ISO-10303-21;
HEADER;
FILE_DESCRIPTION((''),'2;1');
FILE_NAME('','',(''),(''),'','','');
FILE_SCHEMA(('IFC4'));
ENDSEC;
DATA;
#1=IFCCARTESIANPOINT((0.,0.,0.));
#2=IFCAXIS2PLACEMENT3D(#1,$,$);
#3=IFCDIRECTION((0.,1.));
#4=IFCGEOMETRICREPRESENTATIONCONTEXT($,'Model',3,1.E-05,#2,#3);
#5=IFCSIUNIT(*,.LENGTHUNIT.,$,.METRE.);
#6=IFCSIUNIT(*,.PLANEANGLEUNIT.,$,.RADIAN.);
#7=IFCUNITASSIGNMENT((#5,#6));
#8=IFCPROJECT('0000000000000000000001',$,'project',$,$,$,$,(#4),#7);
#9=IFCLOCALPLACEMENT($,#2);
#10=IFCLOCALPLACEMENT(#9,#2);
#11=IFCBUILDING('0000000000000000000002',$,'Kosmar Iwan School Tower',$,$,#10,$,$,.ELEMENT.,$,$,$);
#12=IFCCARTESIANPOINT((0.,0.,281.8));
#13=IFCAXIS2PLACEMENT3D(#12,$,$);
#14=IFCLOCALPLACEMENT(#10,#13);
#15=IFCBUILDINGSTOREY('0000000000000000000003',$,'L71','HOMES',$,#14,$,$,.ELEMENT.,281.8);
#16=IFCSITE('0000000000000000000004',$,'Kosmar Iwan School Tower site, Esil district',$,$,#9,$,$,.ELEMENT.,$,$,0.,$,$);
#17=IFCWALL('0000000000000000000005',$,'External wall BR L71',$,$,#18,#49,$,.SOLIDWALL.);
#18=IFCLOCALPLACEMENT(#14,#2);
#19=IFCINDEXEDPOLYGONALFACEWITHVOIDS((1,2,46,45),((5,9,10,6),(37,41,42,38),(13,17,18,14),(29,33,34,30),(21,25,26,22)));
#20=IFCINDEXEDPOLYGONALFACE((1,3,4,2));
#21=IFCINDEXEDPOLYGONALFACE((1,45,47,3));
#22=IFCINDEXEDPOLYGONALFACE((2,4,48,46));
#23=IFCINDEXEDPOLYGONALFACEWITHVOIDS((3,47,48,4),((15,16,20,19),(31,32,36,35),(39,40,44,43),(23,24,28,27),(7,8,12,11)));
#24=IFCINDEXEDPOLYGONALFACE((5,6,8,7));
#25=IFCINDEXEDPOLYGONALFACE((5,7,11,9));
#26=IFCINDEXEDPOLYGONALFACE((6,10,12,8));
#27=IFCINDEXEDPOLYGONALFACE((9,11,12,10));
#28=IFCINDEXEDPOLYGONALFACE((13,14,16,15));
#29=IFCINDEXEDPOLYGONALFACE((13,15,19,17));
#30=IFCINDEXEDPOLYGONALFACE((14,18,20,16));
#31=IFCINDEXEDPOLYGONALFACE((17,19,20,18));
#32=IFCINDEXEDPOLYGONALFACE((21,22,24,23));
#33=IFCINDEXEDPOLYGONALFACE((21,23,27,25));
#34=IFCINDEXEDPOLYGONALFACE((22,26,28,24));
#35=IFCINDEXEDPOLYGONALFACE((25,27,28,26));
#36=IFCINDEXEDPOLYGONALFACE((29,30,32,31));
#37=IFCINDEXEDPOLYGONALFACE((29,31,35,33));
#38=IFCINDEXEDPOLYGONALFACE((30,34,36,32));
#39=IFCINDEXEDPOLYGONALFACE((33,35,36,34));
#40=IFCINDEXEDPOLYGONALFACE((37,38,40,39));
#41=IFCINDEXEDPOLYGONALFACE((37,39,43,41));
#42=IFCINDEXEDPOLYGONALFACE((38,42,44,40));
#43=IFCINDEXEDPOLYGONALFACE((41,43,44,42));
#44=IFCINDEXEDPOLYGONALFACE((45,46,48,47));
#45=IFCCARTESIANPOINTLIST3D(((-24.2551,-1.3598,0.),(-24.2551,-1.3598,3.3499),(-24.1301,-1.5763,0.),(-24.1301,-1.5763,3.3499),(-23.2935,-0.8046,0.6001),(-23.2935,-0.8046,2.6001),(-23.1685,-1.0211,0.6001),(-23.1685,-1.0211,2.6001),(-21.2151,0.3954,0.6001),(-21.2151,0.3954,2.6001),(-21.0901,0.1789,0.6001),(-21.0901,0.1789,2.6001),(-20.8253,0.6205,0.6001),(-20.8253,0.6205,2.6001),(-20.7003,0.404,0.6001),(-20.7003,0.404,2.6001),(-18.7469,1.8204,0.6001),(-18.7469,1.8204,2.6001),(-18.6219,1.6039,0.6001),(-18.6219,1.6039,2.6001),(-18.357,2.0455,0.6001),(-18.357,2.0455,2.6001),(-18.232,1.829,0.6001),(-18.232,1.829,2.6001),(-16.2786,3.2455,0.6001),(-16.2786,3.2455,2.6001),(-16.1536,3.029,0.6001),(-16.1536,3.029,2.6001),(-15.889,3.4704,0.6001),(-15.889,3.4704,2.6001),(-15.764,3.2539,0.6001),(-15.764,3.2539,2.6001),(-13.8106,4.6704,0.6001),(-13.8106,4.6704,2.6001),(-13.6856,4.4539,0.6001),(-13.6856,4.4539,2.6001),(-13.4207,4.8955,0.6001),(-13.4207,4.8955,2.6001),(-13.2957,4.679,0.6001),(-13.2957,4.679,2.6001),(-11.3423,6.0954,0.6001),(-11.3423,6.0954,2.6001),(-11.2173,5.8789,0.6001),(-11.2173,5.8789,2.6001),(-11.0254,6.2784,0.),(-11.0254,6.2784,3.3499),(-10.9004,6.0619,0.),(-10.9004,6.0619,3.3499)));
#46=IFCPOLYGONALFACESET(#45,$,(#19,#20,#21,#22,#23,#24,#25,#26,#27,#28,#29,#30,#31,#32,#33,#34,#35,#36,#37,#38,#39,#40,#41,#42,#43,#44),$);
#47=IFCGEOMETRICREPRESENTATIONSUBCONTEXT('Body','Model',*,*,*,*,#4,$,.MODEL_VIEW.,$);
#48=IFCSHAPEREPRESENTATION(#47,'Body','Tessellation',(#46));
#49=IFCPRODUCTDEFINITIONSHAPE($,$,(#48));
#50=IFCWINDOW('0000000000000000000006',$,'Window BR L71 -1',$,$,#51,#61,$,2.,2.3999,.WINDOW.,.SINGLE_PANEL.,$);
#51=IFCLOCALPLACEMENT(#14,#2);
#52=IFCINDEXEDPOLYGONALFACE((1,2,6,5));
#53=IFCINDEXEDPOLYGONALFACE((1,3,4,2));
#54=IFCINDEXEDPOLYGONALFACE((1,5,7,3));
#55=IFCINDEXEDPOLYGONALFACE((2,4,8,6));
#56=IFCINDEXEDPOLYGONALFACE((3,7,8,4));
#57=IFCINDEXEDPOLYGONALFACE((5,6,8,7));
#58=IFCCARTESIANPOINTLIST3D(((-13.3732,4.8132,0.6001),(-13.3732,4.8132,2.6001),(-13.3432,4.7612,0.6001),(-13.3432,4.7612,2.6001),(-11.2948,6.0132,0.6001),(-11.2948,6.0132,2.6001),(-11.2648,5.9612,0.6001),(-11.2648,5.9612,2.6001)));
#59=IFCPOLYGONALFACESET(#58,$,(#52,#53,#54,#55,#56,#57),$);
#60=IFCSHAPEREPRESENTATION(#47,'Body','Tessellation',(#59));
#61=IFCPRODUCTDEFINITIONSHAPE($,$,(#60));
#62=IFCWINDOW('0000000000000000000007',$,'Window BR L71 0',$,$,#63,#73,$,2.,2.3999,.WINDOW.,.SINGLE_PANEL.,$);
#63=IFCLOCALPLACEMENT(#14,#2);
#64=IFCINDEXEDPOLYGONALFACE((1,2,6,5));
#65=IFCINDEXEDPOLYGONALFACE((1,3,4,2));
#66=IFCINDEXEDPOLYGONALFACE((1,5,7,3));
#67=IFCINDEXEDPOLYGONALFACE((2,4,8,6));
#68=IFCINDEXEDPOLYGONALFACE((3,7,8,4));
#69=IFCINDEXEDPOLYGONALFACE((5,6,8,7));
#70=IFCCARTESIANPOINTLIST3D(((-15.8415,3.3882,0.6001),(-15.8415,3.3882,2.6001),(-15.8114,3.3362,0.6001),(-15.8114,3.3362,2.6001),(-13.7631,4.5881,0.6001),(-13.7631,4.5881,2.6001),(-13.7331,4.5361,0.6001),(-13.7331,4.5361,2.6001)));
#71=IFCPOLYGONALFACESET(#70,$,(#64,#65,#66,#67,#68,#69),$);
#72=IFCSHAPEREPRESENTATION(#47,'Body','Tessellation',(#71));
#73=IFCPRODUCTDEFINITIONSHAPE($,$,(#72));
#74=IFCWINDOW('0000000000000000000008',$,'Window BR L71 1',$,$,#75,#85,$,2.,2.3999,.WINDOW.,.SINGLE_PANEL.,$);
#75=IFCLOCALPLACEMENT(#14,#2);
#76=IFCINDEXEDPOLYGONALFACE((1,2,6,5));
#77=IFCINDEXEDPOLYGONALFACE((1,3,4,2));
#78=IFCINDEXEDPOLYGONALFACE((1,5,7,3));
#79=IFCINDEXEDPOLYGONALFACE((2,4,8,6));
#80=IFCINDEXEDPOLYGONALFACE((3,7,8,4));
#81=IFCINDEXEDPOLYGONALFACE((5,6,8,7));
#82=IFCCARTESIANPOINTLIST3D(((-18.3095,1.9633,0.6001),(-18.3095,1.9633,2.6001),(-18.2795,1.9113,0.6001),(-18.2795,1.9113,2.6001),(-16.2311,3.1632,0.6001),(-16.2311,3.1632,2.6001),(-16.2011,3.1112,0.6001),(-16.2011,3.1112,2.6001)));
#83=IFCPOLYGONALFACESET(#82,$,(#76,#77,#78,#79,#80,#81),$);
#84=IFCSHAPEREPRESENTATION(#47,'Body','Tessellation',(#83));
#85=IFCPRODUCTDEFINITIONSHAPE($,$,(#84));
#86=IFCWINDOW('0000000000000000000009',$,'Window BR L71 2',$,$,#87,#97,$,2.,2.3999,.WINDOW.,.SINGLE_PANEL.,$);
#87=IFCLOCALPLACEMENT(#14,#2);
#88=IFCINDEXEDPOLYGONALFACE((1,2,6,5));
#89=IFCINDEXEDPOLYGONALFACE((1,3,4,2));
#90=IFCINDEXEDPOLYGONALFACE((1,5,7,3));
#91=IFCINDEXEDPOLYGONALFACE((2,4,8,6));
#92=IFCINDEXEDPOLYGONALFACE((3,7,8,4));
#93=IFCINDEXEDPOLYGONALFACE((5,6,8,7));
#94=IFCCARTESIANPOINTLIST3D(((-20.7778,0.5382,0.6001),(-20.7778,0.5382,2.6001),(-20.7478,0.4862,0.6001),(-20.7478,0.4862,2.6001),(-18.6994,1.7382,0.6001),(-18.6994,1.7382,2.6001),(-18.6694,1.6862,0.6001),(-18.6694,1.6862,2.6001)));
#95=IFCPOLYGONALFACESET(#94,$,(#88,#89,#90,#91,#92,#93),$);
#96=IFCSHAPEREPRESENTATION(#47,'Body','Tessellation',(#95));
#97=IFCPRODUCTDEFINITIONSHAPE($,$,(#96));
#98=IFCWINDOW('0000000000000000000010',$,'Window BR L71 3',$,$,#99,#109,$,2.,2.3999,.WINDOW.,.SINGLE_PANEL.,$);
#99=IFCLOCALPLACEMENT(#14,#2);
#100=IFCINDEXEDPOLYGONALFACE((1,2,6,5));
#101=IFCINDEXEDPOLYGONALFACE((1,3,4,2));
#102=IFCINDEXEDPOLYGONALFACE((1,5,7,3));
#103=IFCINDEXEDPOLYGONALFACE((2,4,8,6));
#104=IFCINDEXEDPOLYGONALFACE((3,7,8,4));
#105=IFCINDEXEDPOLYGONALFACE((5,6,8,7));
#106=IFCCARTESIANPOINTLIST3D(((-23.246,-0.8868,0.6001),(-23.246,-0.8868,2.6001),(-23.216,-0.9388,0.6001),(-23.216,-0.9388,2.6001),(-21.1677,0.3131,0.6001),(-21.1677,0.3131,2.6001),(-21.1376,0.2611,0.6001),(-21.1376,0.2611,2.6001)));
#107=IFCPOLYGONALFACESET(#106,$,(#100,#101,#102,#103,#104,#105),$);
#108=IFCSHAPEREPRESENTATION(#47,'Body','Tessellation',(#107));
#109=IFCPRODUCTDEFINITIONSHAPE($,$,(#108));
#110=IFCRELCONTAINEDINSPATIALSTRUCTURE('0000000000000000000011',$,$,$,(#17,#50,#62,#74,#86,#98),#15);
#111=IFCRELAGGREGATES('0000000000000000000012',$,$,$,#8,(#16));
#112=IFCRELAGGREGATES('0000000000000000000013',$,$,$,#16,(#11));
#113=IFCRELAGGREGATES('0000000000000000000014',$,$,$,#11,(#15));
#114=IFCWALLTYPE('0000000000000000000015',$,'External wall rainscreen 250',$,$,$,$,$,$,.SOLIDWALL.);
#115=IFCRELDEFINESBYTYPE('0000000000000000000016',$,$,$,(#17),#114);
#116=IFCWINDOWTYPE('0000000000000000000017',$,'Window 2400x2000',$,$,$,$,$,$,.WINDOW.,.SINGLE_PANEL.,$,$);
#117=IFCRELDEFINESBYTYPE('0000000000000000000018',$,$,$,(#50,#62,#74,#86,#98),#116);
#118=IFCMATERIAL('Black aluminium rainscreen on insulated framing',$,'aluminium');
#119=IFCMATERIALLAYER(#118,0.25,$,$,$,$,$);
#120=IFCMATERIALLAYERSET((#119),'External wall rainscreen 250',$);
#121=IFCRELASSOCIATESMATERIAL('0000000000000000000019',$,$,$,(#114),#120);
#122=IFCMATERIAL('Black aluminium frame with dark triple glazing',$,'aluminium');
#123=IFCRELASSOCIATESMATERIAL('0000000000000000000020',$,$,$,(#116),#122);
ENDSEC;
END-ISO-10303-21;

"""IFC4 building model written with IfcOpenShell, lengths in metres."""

from ifc_helpers import new_model, si_unit, direction, frame, frame_2d, origin, place, context, subcontext, project, spatial, rectangle, extrude, material, layer, layer_set, type_object, element, fill, save


model = new_model("IFC4")

# Units and contexts
model_context = context("Model", 3, precision=1e-05, world=origin(), true_north=direction((0.0, 1.0)))
body_context = subcontext(model_context, "Body", "Model", "MODEL_VIEW")
ifc_project = project(units=[si_unit("LENGTHUNIT", "METRE"), si_unit("PLANEANGLEUNIT", "RADIAN")], contexts=[model_context])

# Site, building, storey
site_placement = place(None, origin())
site = spatial("IfcSite", under=ifc_project, at=site_placement, Name="Kosmar Iwan School Tower site, Esil district", CompositionType="ELEMENT", RefElevation=0.0)
building_placement = place(site_placement, origin())
building = spatial("IfcBuilding", under=site, at=building_placement, Name="Kosmar Iwan School Tower", CompositionType="ELEMENT")
storey_placement = place(building_placement, frame((0.0, 0.0, 281.8)))
storey = spatial("IfcBuildingStorey", under=building, at=storey_placement, Name="L71", Description="HOMES", CompositionType="ELEMENT", Elevation=281.8)

# Wall, openings, windows
ifc_material_1 = material(Name="Black aluminium rainscreen on insulated framing", Category="aluminium")
ifc_layer = layer(ifc_material_1, 0.25)
ifc_layer_set = layer_set([ifc_layer], Name="External wall rainscreen 250")
wall_type = type_object("IfcWallType", Name="External wall rainscreen 250", PredefinedType="SOLIDWALL", material=ifc_layer_set)
ifc_material_2 = material(Name="Black aluminium frame with dark triple glazing", Category="aluminium")
window_type = type_object("IfcWindowType", Name="Window 2400x2000", PartitioningType="SINGLE_PANEL", PredefinedType="WINDOW", material=ifc_material_2)
wall_1_placement = place(storey_placement, frame((-10.9629, 6.1702, 0.0), z_axis=(0.0, 0.0, 1.0), x_axis=(-0.866026, -0.5, 0.0)))
wall_1 = element("IfcWall", 1, at=wall_1_placement, inside=storey, type_object=wall_type, Name="External wall BR L71", PredefinedType="SOLIDWALL", context=body_context, shape_type="SweptSolid", body=[
    extrude(rectangle(XDim=15.2764, YDim=0.25, at=frame_2d((7.6382, 0.0))), origin(), (0.0, 0.0, 1.0), 3.3499),
])
opening_1_placement = place(wall_1_placement, frame((0.366, 0.0, 0.6001)))
opening_1 = element("IfcOpeningElement", 2, at=opening_1_placement, cuts=wall_1, PredefinedType="OPENING", context=body_context, shape_type="SweptSolid", body=[
    extrude(rectangle(XDim=2.3999, YDim=2.0, at=frame_2d((1.2, 1.0))), frame((0.0, 0.137, 0.0), z_axis=(0.0, -1.0, 0.0), x_axis=(1.0, 0.0, 0.0)), (0.0, 0.0, 1.0), 0.2739),
])
opening_2_placement = place(wall_1_placement, frame((3.2161, 0.0, 0.6001)))
opening_2 = element("IfcOpeningElement", 3, at=opening_2_placement, cuts=wall_1, PredefinedType="OPENING", context=body_context, shape_type="SweptSolid", body=[
    extrude(rectangle(XDim=2.3999, YDim=2.0, at=frame_2d((1.2, 1.0))), frame((0.0, 0.137, 0.0), z_axis=(0.0, -1.0, 0.0), x_axis=(1.0, 0.0, 0.0)), (0.0, 0.0, 1.0), 0.2739),
])
opening_3_placement = place(wall_1_placement, frame((6.0659, 0.0, 0.6001)))
opening_3 = element("IfcOpeningElement", 4, at=opening_3_placement, cuts=wall_1, PredefinedType="OPENING", context=body_context, shape_type="SweptSolid", body=[
    extrude(rectangle(XDim=2.3999, YDim=2.0, at=frame_2d((1.2, 1.0))), frame((0.0, 0.137, 0.0), z_axis=(0.0, -1.0, 0.0), x_axis=(1.0, 0.0, 0.0)), (0.0, 0.0, 1.0), 0.2739),
])
opening_4_placement = place(wall_1_placement, frame((8.916, 0.0, 0.6001)))
opening_4 = element("IfcOpeningElement", 5, at=opening_4_placement, cuts=wall_1, PredefinedType="OPENING", context=body_context, shape_type="SweptSolid", body=[
    extrude(rectangle(XDim=2.3999, YDim=2.0, at=frame_2d((1.2, 1.0))), frame((0.0, 0.137, 0.0), z_axis=(0.0, -1.0, 0.0), x_axis=(1.0, 0.0, 0.0)), (0.0, 0.0, 1.0), 0.2739),
])
opening_5_placement = place(wall_1_placement, frame((11.7661, 0.0, 0.6001)))
opening_5 = element("IfcOpeningElement", 6, at=opening_5_placement, cuts=wall_1, PredefinedType="OPENING", context=body_context, shape_type="SweptSolid", body=[
    extrude(rectangle(XDim=2.3999, YDim=2.0, at=frame_2d((1.2, 1.0))), frame((0.0, 0.137, 0.0), z_axis=(0.0, -1.0, 0.0), x_axis=(1.0, 0.0, 0.0)), (0.0, 0.0, 1.0), 0.2739),
])
window_1_placement = place(opening_1_placement, origin())
window_1 = element("IfcWindow", 7, at=window_1_placement, inside=storey, type_object=window_type, Name="Window BR L71 -1", OverallHeight=2.0, OverallWidth=2.3999, PartitioningType="SINGLE_PANEL", PredefinedType="WINDOW", context=body_context, shape_type="SweptSolid", body=[
    extrude(rectangle(XDim=2.3999, YDim=2.0, at=frame_2d((1.2, 1.0))), frame((0.0, 0.03, 0.0), z_axis=(0.0, -1.0, 0.0), x_axis=(1.0, 0.0, 0.0)), (0.0, 0.0, 1.0), 0.0601),
])
fill(opening_1, window_1)
window_2_placement = place(opening_2_placement, origin())
window_2 = element("IfcWindow", 8, at=window_2_placement, inside=storey, type_object=window_type, Name="Window BR L71 0", OverallHeight=2.0, OverallWidth=2.3999, PartitioningType="SINGLE_PANEL", PredefinedType="WINDOW", context=body_context, shape_type="SweptSolid", body=[
    extrude(rectangle(XDim=2.3999, YDim=2.0, at=frame_2d((1.2, 1.0))), frame((0.0, 0.03, 0.0), z_axis=(0.0, -1.0, 0.0), x_axis=(1.0, 0.0, 0.0)), (0.0, 0.0, 1.0), 0.0601),
])
fill(opening_2, window_2)
window_3_placement = place(opening_3_placement, origin())
window_3 = element("IfcWindow", 9, at=window_3_placement, inside=storey, type_object=window_type, Name="Window BR L71 1", OverallHeight=2.0, OverallWidth=2.3999, PartitioningType="SINGLE_PANEL", PredefinedType="WINDOW", context=body_context, shape_type="SweptSolid", body=[
    extrude(rectangle(XDim=2.3999, YDim=2.0, at=frame_2d((1.2, 1.0))), frame((0.0, 0.03, 0.0), z_axis=(0.0, -1.0, 0.0), x_axis=(1.0, 0.0, 0.0)), (0.0, 0.0, 1.0), 0.0601),
])
fill(opening_3, window_3)
window_4_placement = place(opening_4_placement, origin())
window_4 = element("IfcWindow", 10, at=window_4_placement, inside=storey, type_object=window_type, Name="Window BR L71 2", OverallHeight=2.0, OverallWidth=2.3999, PartitioningType="SINGLE_PANEL", PredefinedType="WINDOW", context=body_context, shape_type="SweptSolid", body=[
    extrude(rectangle(XDim=2.3999, YDim=2.0, at=frame_2d((1.2, 1.0))), frame((0.0, 0.03, 0.0), z_axis=(0.0, -1.0, 0.0), x_axis=(1.0, 0.0, 0.0)), (0.0, 0.0, 1.0), 0.0601),
])
fill(opening_4, window_4)
window_5_placement = place(opening_5_placement, origin())
window_5 = element("IfcWindow", 11, at=window_5_placement, inside=storey, type_object=window_type, Name="Window BR L71 3", OverallHeight=2.0, OverallWidth=2.3999, PartitioningType="SINGLE_PANEL", PredefinedType="WINDOW", context=body_context, shape_type="SweptSolid", body=[
    extrude(rectangle(XDim=2.3999, YDim=2.0, at=frame_2d((1.2, 1.0))), frame((0.0, 0.03, 0.0), z_axis=(0.0, -1.0, 0.0), x_axis=(1.0, 0.0, 0.0)), (0.0, 0.0, 1.0), 0.0601),
])
fill(opening_5, window_5)

save(model, "model.ifc")
